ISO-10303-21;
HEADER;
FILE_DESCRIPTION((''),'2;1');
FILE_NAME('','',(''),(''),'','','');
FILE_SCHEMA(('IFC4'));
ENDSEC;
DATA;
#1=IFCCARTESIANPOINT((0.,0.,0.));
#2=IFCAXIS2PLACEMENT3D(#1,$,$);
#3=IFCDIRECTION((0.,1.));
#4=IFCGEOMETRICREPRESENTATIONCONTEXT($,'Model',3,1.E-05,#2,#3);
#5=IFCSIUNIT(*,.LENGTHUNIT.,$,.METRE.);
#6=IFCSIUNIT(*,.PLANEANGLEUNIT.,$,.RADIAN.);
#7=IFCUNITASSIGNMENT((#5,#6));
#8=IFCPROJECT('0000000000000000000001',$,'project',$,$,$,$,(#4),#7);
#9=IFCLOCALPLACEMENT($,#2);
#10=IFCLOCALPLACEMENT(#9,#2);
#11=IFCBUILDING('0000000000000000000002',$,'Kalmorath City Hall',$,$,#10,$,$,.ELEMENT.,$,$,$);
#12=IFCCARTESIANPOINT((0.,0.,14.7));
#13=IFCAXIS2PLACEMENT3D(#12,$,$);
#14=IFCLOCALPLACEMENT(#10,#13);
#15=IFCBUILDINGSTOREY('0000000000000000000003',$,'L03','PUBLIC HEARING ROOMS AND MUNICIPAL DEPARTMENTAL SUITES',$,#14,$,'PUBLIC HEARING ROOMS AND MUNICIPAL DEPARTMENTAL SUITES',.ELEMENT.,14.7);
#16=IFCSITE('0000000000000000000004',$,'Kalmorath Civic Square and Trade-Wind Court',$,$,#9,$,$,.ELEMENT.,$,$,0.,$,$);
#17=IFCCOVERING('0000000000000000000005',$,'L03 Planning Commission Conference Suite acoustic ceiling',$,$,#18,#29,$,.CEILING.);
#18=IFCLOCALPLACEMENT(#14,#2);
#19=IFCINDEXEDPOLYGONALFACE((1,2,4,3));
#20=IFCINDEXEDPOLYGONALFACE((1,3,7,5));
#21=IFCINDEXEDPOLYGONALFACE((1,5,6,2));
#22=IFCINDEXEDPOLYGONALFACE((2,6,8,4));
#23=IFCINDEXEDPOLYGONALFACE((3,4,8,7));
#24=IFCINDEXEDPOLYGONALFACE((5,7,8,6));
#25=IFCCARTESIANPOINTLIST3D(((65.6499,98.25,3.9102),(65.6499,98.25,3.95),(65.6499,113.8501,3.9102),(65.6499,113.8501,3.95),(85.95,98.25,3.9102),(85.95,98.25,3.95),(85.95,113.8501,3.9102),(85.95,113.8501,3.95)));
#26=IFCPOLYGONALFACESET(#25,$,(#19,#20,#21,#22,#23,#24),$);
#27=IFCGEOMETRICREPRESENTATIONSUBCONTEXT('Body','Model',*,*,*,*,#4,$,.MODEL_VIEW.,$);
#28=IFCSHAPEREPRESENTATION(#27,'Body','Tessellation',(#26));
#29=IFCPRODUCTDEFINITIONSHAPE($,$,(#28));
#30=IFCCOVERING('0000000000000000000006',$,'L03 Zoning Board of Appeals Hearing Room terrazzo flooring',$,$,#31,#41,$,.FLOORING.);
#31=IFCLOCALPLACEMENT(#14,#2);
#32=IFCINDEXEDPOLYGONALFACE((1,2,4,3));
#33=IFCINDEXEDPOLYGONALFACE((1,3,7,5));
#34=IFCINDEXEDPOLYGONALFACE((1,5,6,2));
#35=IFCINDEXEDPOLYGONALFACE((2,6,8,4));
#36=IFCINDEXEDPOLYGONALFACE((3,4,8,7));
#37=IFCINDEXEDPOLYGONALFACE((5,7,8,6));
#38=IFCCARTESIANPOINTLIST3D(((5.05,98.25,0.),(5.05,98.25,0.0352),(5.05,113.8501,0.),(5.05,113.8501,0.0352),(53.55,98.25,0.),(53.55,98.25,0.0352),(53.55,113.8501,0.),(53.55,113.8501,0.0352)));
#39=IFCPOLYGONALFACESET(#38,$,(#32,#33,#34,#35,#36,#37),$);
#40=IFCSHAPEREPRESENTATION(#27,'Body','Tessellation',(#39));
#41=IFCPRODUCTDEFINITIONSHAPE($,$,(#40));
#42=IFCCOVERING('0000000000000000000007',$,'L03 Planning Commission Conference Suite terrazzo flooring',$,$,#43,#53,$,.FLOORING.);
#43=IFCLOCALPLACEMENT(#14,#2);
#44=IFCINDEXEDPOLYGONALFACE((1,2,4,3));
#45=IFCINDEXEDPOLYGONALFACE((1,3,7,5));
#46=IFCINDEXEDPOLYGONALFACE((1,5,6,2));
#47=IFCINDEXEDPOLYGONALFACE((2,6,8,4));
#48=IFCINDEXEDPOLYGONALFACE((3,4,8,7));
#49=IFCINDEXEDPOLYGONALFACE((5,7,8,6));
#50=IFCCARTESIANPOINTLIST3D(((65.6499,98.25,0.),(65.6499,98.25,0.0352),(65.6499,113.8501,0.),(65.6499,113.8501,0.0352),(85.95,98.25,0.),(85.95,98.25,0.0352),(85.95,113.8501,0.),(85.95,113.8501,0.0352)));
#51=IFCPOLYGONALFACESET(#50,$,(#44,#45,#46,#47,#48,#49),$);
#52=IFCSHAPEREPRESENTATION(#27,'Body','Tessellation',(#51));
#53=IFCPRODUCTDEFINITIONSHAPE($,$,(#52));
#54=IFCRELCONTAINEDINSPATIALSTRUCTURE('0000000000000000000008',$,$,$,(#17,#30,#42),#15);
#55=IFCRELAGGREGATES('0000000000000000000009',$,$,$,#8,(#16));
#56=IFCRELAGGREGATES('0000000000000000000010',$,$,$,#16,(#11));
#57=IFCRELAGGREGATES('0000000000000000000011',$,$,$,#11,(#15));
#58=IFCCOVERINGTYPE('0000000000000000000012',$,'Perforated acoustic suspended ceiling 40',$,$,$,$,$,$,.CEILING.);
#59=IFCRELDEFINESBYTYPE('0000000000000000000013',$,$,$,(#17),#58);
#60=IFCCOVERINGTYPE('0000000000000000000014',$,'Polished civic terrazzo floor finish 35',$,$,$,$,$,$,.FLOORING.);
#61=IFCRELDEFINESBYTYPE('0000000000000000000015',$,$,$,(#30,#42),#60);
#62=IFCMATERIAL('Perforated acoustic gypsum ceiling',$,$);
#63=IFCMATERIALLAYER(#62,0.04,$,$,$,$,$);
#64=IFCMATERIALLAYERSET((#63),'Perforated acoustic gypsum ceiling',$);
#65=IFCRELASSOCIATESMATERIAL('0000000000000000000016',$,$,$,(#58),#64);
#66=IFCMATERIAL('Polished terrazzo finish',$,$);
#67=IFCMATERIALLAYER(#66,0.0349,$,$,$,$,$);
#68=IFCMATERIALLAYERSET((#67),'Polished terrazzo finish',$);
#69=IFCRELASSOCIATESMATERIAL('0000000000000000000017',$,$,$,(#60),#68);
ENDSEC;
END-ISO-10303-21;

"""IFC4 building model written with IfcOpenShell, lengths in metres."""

from ifc_helpers import new_model, si_unit, direction, frame, origin, place, context, subcontext, project, spatial, polyline, outline, extrude, material, layer, layer_set, type_object, element, save


model = new_model("IFC4")

# Units and contexts
model_context = context("Model", 3, precision=1e-05, world=origin(), true_north=direction((0.0, 1.0)))
body_context = subcontext(model_context, "Body", "Model", "MODEL_VIEW")
ifc_project = project(units=[si_unit("LENGTHUNIT", "METRE"), si_unit("PLANEANGLEUNIT", "RADIAN")], contexts=[model_context])

# Site, building, storey
site_placement = place(None, origin())
site = spatial("IfcSite", under=ifc_project, at=site_placement, Name="Kalmorath Civic Square and Trade-Wind Court", CompositionType="ELEMENT", RefElevation=0.0)
building_placement = place(site_placement, origin())
building = spatial("IfcBuilding", under=site, at=building_placement, Name="Kalmorath City Hall", CompositionType="ELEMENT")
storey_placement = place(building_placement, frame((0.0, 0.0, 14.7)))
storey = spatial("IfcBuildingStorey", under=building, at=storey_placement, Name="L03", Description="PUBLIC HEARING ROOMS AND MUNICIPAL DEPARTMENTAL SUITES", LongName="PUBLIC HEARING ROOMS AND MUNICIPAL DEPARTMENTAL SUITES", CompositionType="ELEMENT", Elevation=14.7)

# Coverings
ifc_material_1 = material(Name="Perforated acoustic gypsum ceiling")
ifc_layer_1 = layer(ifc_material_1, 0.04)
ifc_layer_set_1 = layer_set([ifc_layer_1], Name="Perforated acoustic gypsum ceiling")
covering_type_1 = type_object("IfcCoveringType", Name="Perforated acoustic suspended ceiling 40", PredefinedType="CEILING", material=ifc_layer_set_1)
covering_1_placement = place(storey_placement, frame((0.0, 0.0, 3.9102)))
element("IfcCovering", 1, at=covering_1_placement, inside=storey, type_object=covering_type_1, Name="L03 Planning Commission Conference Suite acoustic ceiling", PredefinedType="CEILING", context=body_context, shape_type="SweptSolid", body=[
    extrude(outline(polyline([(85.95, 113.8501), (85.95, 98.25), (65.6499, 98.25), (65.6499, 113.8501), (85.95, 113.8501)])), origin(), (0.0, 0.0, 1.0), 0.0398),
])
ifc_material_2 = material(Name="Polished terrazzo finish")
ifc_layer_2 = layer(ifc_material_2, 0.0349)
ifc_layer_set_2 = layer_set([ifc_layer_2], Name="Polished terrazzo finish")
covering_type_2 = type_object("IfcCoveringType", Name="Polished civic terrazzo floor finish 35", PredefinedType="FLOORING", material=ifc_layer_set_2)
covering_2_placement = place(storey_placement, origin())
element("IfcCovering", 2, at=covering_2_placement, inside=storey, type_object=covering_type_2, Name="L03 Zoning Board of Appeals Hearing Room terrazzo flooring", PredefinedType="FLOORING", context=body_context, shape_type="SweptSolid", body=[
    extrude(outline(polyline([(5.05, 113.8501), (53.55, 113.8501), (53.55, 98.25), (5.05, 98.25), (5.05, 113.8501)])), origin(), (0.0, 0.0, 1.0), 0.0352),
])
covering_3_placement = place(storey_placement, origin())
element("IfcCovering", 3, at=covering_3_placement, inside=storey, type_object=covering_type_2, Name="L03 Planning Commission Conference Suite terrazzo flooring", PredefinedType="FLOORING", context=body_context, shape_type="SweptSolid", body=[
    extrude(outline(polyline([(85.95, 113.8501), (85.95, 98.25), (65.6499, 98.25), (65.6499, 113.8501), (85.95, 113.8501)])), origin(), (0.0, 0.0, 1.0), 0.0352),
])

save(model, "model.ifc")
